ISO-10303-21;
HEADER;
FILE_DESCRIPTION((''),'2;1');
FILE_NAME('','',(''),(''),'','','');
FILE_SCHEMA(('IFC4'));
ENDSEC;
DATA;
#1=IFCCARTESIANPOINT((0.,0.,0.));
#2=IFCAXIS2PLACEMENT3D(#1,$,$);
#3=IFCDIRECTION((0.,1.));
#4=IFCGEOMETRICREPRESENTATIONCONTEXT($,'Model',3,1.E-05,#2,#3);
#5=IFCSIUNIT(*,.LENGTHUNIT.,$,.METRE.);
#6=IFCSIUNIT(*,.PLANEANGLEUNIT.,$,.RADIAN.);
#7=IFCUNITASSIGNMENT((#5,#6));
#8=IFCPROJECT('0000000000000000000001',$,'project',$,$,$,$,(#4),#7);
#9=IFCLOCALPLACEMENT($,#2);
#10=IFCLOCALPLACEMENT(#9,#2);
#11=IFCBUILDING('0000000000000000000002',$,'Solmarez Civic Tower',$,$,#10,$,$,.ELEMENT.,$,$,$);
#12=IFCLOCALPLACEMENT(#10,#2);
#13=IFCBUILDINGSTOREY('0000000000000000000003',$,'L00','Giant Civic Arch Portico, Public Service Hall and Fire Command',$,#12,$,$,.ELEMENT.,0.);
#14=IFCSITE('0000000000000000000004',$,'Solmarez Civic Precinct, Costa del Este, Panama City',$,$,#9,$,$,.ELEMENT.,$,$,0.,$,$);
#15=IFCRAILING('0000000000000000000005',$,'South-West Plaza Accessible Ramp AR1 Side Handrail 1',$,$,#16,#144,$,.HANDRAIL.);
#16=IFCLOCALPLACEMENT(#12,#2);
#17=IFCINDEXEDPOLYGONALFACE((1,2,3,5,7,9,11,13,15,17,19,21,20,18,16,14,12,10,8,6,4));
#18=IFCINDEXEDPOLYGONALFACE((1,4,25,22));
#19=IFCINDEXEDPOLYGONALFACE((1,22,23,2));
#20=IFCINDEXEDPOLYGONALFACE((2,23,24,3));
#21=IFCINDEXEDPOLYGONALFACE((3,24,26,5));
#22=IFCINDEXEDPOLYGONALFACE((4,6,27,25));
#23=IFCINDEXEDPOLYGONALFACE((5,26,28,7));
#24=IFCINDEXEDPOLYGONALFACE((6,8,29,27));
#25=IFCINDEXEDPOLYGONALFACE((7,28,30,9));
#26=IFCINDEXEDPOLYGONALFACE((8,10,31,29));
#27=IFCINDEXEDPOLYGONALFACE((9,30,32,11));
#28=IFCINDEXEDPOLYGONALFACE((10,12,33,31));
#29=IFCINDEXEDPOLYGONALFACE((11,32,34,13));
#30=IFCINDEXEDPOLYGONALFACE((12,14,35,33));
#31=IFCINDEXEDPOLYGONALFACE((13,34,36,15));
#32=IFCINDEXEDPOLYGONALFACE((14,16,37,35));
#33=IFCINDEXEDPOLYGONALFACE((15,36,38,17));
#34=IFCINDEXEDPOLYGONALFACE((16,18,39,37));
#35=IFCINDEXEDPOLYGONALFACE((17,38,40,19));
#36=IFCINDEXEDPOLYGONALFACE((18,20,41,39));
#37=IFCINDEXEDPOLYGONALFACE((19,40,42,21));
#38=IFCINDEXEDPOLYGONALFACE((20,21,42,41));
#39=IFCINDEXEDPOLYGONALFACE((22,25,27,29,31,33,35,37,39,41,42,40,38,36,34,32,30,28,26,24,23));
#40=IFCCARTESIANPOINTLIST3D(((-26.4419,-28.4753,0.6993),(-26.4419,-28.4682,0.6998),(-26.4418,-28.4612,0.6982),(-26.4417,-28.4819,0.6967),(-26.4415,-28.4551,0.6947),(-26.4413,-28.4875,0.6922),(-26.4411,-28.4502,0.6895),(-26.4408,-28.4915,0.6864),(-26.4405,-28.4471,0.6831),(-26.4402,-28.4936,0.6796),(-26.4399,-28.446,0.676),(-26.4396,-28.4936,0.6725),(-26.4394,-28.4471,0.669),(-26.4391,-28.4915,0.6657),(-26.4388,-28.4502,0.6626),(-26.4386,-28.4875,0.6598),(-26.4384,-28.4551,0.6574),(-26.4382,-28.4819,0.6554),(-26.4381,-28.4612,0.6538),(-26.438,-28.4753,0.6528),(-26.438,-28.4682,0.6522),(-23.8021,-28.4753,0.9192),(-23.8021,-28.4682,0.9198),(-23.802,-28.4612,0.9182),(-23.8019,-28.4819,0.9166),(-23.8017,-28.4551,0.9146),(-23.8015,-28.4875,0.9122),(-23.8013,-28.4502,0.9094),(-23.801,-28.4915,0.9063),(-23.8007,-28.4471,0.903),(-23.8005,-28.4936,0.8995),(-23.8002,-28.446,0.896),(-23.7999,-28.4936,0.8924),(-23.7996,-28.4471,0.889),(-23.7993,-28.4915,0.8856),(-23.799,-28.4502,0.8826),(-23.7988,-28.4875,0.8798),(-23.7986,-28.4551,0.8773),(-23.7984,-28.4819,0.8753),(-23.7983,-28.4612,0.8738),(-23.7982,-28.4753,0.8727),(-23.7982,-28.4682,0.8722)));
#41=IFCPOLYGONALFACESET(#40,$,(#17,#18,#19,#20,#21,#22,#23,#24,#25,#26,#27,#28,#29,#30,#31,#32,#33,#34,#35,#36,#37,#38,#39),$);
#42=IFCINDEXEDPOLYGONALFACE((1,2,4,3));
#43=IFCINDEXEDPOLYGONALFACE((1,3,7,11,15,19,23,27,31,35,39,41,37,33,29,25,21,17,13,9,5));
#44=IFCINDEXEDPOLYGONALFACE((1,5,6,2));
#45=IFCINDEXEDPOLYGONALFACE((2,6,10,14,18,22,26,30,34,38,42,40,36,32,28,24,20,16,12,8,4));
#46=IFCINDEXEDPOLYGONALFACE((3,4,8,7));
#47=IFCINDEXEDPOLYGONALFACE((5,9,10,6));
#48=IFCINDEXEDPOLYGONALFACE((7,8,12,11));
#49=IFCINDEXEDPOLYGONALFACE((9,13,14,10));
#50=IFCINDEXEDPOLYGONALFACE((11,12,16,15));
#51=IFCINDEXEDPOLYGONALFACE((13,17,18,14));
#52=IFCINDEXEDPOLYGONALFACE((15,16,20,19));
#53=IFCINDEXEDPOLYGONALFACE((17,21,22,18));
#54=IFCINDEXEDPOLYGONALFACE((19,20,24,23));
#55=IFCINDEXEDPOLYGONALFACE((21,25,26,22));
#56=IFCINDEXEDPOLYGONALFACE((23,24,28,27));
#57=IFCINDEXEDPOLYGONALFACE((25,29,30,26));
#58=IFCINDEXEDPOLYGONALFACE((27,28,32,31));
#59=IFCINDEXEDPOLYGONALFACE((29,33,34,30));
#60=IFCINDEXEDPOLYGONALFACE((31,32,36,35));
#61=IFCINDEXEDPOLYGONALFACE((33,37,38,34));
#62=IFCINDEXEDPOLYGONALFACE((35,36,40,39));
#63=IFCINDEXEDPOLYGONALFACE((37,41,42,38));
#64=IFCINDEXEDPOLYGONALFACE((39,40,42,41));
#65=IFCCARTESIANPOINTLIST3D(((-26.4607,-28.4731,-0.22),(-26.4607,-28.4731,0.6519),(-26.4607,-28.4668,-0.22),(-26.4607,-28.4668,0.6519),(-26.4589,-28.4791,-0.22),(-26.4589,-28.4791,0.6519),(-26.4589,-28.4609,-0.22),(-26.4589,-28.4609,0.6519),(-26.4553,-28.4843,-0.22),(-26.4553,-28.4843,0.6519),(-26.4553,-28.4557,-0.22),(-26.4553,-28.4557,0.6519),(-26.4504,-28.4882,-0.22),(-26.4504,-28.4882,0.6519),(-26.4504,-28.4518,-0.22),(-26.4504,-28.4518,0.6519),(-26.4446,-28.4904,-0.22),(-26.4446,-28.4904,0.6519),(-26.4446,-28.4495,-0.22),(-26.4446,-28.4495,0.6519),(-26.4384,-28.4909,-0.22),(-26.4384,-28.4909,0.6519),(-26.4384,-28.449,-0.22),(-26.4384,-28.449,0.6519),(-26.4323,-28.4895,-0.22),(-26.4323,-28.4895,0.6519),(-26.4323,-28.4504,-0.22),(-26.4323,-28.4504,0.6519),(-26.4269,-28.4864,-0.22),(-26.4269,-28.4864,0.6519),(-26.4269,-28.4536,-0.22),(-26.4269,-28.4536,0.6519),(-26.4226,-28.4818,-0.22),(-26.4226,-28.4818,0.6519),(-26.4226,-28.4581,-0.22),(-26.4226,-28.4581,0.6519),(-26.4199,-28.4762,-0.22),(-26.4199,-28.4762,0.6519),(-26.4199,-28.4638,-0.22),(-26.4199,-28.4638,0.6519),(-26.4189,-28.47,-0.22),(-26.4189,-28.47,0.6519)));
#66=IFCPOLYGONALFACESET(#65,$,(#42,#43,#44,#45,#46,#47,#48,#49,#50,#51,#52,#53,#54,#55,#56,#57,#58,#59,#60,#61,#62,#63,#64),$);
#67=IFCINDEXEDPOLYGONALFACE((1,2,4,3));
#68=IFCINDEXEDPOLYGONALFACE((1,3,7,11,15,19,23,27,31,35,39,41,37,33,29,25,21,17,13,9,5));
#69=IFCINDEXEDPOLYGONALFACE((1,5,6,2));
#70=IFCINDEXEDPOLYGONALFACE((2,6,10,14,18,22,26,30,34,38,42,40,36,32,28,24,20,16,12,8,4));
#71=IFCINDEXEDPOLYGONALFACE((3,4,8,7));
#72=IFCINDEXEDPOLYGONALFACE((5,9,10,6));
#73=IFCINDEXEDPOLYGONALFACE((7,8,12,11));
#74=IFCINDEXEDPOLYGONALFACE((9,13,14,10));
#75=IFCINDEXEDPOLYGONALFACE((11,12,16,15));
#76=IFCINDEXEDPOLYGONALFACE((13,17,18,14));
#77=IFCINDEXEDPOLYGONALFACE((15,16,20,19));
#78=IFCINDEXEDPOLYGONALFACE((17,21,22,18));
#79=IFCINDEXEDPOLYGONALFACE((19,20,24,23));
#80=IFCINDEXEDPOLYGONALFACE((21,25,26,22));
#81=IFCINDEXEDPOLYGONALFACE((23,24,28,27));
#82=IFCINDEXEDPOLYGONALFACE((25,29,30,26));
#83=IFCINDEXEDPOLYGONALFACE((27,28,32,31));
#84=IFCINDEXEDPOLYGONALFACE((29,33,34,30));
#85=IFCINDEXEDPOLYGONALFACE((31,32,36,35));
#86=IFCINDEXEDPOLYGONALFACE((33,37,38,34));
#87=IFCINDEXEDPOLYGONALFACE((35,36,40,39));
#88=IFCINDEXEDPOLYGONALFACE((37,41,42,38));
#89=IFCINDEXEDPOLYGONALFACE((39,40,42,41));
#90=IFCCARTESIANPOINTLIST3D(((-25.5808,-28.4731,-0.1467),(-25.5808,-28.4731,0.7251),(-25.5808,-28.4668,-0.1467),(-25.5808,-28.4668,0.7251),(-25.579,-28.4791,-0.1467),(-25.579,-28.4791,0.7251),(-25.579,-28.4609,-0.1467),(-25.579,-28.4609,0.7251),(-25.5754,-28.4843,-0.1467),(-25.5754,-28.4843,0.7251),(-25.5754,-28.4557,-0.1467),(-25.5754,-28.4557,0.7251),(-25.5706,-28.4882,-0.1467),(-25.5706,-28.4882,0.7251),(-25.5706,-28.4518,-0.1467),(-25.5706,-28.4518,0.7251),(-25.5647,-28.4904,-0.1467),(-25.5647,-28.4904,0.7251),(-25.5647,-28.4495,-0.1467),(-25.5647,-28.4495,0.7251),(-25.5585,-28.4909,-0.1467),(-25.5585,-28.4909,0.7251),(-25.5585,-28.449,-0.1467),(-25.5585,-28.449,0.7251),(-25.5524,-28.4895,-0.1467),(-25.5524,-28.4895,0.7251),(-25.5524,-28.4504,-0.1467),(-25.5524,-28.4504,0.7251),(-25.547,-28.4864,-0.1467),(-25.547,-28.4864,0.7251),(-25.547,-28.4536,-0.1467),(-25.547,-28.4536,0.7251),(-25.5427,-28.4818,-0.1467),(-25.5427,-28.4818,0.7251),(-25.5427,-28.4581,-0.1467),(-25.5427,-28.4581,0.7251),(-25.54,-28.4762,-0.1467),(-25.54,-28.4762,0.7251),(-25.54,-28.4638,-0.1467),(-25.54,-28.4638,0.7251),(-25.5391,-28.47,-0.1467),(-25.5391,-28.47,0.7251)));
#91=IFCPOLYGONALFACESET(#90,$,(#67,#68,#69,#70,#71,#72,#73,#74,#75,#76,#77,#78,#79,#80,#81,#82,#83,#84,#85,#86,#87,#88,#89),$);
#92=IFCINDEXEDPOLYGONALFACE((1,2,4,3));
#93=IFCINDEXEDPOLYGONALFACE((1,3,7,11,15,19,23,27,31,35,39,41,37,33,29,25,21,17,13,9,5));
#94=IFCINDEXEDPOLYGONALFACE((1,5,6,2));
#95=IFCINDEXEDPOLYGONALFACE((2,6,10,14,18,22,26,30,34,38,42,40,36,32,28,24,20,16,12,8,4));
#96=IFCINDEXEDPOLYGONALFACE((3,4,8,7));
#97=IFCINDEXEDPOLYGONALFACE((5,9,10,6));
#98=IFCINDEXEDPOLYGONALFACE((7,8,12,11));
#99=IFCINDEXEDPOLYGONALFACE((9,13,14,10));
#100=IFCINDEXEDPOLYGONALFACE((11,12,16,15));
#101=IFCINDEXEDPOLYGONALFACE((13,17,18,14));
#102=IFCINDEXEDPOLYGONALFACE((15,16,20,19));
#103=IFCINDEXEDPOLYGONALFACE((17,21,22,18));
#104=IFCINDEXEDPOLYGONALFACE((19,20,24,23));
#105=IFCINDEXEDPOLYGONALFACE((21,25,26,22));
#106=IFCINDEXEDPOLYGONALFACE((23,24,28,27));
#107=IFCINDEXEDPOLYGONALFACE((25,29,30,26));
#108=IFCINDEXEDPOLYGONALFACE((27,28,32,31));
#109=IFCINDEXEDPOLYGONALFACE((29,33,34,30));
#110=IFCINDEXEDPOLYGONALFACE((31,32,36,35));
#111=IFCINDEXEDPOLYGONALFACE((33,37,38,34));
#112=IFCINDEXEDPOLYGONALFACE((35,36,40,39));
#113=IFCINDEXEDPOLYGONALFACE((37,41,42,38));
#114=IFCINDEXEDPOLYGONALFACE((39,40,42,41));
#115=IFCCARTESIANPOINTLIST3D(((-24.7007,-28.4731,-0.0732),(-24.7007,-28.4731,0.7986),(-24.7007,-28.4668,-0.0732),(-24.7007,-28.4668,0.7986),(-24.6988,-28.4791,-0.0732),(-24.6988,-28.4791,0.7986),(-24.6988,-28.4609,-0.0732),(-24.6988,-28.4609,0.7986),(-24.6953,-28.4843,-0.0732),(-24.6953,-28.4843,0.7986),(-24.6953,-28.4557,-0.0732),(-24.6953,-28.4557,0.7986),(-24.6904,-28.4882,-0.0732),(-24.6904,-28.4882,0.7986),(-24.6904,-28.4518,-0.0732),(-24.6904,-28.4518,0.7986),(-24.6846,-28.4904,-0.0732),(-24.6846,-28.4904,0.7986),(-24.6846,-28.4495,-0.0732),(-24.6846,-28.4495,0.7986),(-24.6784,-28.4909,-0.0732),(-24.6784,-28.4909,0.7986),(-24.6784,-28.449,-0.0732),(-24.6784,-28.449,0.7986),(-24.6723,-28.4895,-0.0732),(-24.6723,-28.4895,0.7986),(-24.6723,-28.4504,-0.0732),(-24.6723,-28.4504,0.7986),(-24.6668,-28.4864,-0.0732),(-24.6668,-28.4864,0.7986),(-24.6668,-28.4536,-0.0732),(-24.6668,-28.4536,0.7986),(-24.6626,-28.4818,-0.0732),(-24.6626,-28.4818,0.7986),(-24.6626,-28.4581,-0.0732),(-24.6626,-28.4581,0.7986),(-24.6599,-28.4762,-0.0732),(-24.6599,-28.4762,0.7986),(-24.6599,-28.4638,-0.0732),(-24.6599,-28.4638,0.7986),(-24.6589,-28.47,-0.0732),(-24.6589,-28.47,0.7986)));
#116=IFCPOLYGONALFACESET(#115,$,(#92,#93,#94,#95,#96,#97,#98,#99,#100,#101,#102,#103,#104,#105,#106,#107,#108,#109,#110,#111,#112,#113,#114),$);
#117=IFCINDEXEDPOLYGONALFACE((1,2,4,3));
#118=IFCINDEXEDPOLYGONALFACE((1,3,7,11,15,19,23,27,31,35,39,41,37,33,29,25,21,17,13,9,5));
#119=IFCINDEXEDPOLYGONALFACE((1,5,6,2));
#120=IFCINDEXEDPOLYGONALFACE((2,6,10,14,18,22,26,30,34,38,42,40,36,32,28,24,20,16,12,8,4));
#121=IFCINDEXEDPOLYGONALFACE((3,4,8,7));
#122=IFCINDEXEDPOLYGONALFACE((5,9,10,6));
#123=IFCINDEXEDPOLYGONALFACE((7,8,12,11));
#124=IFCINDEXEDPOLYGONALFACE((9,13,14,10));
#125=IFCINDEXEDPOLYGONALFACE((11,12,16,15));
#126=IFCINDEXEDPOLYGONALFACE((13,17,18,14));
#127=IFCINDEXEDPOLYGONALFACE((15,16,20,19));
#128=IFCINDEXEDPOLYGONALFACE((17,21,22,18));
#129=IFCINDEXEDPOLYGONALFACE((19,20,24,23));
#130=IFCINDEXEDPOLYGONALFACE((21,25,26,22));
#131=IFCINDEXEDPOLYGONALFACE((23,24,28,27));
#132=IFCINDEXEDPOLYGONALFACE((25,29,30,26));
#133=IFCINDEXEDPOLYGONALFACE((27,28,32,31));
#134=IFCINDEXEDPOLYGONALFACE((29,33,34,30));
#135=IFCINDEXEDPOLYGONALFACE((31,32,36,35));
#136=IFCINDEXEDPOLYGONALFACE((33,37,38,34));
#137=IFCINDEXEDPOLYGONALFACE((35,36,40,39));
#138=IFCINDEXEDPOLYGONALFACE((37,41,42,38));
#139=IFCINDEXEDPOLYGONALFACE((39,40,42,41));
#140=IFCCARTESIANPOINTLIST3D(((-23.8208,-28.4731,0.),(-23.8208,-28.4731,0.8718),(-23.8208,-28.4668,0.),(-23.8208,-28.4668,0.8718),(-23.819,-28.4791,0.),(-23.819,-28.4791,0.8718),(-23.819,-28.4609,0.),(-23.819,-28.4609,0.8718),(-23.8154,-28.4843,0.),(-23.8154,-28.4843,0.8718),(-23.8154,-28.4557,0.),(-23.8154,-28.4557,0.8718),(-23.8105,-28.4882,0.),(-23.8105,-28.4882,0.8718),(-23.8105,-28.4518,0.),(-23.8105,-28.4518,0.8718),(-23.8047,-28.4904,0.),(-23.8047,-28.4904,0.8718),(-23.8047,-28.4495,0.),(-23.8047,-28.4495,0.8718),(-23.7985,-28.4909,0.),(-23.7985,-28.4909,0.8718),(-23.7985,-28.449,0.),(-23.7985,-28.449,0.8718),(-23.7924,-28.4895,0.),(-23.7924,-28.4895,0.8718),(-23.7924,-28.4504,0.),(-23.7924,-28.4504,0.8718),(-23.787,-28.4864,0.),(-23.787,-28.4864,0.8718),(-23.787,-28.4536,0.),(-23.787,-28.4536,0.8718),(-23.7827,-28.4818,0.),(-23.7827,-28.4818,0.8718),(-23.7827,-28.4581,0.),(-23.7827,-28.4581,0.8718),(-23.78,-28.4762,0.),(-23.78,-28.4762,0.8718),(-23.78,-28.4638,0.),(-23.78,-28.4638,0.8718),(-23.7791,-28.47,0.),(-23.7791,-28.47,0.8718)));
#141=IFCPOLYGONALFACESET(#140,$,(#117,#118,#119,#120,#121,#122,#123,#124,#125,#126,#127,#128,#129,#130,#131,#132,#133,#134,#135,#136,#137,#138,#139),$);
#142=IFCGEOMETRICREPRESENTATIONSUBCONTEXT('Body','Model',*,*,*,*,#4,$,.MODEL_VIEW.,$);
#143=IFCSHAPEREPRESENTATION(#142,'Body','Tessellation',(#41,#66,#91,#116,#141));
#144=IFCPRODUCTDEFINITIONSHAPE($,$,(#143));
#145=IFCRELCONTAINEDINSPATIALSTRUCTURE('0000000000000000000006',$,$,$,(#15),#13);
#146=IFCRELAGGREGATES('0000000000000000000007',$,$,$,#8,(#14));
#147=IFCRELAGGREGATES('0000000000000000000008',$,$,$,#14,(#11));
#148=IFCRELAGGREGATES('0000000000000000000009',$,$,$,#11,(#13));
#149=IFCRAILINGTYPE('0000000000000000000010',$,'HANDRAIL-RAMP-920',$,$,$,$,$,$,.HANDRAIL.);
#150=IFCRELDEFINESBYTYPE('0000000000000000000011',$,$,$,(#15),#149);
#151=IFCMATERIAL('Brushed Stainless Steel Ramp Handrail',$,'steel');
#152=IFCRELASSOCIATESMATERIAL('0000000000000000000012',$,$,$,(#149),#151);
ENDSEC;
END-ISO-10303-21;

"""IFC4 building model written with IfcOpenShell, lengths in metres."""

from ifc_helpers import new_model, si_unit, direction, frame, origin, origin_2d, place, context, subcontext, project, spatial, circle, extrude, material, type_object, element, save


model = new_model("IFC4")

# Units and contexts
model_context = context("Model", 3, precision=1e-05, world=origin(), true_north=direction((0.0, 1.0)))
body_context = subcontext(model_context, "Body", "Model", "MODEL_VIEW")
ifc_project = project(units=[si_unit("LENGTHUNIT", "METRE"), si_unit("PLANEANGLEUNIT", "RADIAN")], contexts=[model_context])

# Site, building, storey
site_placement = place(None, origin())
site = spatial("IfcSite", under=ifc_project, at=site_placement, Name="Solmarez Civic Precinct, Costa del Este, Panama City", CompositionType="ELEMENT", RefElevation=0.0)
building_placement = place(site_placement, origin())
building = spatial("IfcBuilding", under=site, at=building_placement, Name="Solmarez Civic Tower", CompositionType="ELEMENT")
storey_placement = place(building_placement, origin())
storey = spatial("IfcBuildingStorey", under=building, at=storey_placement, Name="L00", Description="Giant Civic Arch Portico, Public Service Hall and Fire Command", CompositionType="ELEMENT", Elevation=0.0)

# Railing
ifc_material_1 = material(Name="Brushed Stainless Steel Ramp Handrail", Category="steel")
railing_type_1 = type_object("IfcRailingType", Name="HANDRAIL-RAMP-920", PredefinedType="HANDRAIL", material=ifc_material_1)
for number, where, name in (
    (1, (-26.4399, -28.47, -0.22), "South-West Plaza Accessible Ramp AR1 Side Handrail 1"),
):
    element("IfcRailing", number, at=place(storey_placement, frame(where)), inside=storey, type_object=railing_type_1, Name=name, PredefinedType="HANDRAIL", context=body_context, shape_type="SweptSolid", body=[
        extrude(circle(Radius=0.0239, at=origin_2d()), frame((0.0, 0.0, 0.896), z_axis=(0.996546, 0.0, 0.083038), x_axis=(0.0, 1.0, 0.0)), (0.0, 0.0, 1.0), 2.6489),
        extrude(circle(Radius=0.021, at=origin_2d()), origin(), (0.0, 0.0, 1.0), 0.8718),
        extrude(circle(Radius=0.021, at=origin_2d()), frame((0.8799, 0.0, 0.0732)), (0.0, 0.0, 1.0), 0.8718),
        extrude(circle(Radius=0.021, at=origin_2d()), frame((1.76, 0.0, 0.1467)), (0.0, 0.0, 1.0), 0.8718),
        extrude(circle(Radius=0.021, at=origin_2d()), frame((2.6399, 0.0, 0.22)), (0.0, 0.0, 1.0), 0.8718),
    ])

save(model, "model.ifc")
